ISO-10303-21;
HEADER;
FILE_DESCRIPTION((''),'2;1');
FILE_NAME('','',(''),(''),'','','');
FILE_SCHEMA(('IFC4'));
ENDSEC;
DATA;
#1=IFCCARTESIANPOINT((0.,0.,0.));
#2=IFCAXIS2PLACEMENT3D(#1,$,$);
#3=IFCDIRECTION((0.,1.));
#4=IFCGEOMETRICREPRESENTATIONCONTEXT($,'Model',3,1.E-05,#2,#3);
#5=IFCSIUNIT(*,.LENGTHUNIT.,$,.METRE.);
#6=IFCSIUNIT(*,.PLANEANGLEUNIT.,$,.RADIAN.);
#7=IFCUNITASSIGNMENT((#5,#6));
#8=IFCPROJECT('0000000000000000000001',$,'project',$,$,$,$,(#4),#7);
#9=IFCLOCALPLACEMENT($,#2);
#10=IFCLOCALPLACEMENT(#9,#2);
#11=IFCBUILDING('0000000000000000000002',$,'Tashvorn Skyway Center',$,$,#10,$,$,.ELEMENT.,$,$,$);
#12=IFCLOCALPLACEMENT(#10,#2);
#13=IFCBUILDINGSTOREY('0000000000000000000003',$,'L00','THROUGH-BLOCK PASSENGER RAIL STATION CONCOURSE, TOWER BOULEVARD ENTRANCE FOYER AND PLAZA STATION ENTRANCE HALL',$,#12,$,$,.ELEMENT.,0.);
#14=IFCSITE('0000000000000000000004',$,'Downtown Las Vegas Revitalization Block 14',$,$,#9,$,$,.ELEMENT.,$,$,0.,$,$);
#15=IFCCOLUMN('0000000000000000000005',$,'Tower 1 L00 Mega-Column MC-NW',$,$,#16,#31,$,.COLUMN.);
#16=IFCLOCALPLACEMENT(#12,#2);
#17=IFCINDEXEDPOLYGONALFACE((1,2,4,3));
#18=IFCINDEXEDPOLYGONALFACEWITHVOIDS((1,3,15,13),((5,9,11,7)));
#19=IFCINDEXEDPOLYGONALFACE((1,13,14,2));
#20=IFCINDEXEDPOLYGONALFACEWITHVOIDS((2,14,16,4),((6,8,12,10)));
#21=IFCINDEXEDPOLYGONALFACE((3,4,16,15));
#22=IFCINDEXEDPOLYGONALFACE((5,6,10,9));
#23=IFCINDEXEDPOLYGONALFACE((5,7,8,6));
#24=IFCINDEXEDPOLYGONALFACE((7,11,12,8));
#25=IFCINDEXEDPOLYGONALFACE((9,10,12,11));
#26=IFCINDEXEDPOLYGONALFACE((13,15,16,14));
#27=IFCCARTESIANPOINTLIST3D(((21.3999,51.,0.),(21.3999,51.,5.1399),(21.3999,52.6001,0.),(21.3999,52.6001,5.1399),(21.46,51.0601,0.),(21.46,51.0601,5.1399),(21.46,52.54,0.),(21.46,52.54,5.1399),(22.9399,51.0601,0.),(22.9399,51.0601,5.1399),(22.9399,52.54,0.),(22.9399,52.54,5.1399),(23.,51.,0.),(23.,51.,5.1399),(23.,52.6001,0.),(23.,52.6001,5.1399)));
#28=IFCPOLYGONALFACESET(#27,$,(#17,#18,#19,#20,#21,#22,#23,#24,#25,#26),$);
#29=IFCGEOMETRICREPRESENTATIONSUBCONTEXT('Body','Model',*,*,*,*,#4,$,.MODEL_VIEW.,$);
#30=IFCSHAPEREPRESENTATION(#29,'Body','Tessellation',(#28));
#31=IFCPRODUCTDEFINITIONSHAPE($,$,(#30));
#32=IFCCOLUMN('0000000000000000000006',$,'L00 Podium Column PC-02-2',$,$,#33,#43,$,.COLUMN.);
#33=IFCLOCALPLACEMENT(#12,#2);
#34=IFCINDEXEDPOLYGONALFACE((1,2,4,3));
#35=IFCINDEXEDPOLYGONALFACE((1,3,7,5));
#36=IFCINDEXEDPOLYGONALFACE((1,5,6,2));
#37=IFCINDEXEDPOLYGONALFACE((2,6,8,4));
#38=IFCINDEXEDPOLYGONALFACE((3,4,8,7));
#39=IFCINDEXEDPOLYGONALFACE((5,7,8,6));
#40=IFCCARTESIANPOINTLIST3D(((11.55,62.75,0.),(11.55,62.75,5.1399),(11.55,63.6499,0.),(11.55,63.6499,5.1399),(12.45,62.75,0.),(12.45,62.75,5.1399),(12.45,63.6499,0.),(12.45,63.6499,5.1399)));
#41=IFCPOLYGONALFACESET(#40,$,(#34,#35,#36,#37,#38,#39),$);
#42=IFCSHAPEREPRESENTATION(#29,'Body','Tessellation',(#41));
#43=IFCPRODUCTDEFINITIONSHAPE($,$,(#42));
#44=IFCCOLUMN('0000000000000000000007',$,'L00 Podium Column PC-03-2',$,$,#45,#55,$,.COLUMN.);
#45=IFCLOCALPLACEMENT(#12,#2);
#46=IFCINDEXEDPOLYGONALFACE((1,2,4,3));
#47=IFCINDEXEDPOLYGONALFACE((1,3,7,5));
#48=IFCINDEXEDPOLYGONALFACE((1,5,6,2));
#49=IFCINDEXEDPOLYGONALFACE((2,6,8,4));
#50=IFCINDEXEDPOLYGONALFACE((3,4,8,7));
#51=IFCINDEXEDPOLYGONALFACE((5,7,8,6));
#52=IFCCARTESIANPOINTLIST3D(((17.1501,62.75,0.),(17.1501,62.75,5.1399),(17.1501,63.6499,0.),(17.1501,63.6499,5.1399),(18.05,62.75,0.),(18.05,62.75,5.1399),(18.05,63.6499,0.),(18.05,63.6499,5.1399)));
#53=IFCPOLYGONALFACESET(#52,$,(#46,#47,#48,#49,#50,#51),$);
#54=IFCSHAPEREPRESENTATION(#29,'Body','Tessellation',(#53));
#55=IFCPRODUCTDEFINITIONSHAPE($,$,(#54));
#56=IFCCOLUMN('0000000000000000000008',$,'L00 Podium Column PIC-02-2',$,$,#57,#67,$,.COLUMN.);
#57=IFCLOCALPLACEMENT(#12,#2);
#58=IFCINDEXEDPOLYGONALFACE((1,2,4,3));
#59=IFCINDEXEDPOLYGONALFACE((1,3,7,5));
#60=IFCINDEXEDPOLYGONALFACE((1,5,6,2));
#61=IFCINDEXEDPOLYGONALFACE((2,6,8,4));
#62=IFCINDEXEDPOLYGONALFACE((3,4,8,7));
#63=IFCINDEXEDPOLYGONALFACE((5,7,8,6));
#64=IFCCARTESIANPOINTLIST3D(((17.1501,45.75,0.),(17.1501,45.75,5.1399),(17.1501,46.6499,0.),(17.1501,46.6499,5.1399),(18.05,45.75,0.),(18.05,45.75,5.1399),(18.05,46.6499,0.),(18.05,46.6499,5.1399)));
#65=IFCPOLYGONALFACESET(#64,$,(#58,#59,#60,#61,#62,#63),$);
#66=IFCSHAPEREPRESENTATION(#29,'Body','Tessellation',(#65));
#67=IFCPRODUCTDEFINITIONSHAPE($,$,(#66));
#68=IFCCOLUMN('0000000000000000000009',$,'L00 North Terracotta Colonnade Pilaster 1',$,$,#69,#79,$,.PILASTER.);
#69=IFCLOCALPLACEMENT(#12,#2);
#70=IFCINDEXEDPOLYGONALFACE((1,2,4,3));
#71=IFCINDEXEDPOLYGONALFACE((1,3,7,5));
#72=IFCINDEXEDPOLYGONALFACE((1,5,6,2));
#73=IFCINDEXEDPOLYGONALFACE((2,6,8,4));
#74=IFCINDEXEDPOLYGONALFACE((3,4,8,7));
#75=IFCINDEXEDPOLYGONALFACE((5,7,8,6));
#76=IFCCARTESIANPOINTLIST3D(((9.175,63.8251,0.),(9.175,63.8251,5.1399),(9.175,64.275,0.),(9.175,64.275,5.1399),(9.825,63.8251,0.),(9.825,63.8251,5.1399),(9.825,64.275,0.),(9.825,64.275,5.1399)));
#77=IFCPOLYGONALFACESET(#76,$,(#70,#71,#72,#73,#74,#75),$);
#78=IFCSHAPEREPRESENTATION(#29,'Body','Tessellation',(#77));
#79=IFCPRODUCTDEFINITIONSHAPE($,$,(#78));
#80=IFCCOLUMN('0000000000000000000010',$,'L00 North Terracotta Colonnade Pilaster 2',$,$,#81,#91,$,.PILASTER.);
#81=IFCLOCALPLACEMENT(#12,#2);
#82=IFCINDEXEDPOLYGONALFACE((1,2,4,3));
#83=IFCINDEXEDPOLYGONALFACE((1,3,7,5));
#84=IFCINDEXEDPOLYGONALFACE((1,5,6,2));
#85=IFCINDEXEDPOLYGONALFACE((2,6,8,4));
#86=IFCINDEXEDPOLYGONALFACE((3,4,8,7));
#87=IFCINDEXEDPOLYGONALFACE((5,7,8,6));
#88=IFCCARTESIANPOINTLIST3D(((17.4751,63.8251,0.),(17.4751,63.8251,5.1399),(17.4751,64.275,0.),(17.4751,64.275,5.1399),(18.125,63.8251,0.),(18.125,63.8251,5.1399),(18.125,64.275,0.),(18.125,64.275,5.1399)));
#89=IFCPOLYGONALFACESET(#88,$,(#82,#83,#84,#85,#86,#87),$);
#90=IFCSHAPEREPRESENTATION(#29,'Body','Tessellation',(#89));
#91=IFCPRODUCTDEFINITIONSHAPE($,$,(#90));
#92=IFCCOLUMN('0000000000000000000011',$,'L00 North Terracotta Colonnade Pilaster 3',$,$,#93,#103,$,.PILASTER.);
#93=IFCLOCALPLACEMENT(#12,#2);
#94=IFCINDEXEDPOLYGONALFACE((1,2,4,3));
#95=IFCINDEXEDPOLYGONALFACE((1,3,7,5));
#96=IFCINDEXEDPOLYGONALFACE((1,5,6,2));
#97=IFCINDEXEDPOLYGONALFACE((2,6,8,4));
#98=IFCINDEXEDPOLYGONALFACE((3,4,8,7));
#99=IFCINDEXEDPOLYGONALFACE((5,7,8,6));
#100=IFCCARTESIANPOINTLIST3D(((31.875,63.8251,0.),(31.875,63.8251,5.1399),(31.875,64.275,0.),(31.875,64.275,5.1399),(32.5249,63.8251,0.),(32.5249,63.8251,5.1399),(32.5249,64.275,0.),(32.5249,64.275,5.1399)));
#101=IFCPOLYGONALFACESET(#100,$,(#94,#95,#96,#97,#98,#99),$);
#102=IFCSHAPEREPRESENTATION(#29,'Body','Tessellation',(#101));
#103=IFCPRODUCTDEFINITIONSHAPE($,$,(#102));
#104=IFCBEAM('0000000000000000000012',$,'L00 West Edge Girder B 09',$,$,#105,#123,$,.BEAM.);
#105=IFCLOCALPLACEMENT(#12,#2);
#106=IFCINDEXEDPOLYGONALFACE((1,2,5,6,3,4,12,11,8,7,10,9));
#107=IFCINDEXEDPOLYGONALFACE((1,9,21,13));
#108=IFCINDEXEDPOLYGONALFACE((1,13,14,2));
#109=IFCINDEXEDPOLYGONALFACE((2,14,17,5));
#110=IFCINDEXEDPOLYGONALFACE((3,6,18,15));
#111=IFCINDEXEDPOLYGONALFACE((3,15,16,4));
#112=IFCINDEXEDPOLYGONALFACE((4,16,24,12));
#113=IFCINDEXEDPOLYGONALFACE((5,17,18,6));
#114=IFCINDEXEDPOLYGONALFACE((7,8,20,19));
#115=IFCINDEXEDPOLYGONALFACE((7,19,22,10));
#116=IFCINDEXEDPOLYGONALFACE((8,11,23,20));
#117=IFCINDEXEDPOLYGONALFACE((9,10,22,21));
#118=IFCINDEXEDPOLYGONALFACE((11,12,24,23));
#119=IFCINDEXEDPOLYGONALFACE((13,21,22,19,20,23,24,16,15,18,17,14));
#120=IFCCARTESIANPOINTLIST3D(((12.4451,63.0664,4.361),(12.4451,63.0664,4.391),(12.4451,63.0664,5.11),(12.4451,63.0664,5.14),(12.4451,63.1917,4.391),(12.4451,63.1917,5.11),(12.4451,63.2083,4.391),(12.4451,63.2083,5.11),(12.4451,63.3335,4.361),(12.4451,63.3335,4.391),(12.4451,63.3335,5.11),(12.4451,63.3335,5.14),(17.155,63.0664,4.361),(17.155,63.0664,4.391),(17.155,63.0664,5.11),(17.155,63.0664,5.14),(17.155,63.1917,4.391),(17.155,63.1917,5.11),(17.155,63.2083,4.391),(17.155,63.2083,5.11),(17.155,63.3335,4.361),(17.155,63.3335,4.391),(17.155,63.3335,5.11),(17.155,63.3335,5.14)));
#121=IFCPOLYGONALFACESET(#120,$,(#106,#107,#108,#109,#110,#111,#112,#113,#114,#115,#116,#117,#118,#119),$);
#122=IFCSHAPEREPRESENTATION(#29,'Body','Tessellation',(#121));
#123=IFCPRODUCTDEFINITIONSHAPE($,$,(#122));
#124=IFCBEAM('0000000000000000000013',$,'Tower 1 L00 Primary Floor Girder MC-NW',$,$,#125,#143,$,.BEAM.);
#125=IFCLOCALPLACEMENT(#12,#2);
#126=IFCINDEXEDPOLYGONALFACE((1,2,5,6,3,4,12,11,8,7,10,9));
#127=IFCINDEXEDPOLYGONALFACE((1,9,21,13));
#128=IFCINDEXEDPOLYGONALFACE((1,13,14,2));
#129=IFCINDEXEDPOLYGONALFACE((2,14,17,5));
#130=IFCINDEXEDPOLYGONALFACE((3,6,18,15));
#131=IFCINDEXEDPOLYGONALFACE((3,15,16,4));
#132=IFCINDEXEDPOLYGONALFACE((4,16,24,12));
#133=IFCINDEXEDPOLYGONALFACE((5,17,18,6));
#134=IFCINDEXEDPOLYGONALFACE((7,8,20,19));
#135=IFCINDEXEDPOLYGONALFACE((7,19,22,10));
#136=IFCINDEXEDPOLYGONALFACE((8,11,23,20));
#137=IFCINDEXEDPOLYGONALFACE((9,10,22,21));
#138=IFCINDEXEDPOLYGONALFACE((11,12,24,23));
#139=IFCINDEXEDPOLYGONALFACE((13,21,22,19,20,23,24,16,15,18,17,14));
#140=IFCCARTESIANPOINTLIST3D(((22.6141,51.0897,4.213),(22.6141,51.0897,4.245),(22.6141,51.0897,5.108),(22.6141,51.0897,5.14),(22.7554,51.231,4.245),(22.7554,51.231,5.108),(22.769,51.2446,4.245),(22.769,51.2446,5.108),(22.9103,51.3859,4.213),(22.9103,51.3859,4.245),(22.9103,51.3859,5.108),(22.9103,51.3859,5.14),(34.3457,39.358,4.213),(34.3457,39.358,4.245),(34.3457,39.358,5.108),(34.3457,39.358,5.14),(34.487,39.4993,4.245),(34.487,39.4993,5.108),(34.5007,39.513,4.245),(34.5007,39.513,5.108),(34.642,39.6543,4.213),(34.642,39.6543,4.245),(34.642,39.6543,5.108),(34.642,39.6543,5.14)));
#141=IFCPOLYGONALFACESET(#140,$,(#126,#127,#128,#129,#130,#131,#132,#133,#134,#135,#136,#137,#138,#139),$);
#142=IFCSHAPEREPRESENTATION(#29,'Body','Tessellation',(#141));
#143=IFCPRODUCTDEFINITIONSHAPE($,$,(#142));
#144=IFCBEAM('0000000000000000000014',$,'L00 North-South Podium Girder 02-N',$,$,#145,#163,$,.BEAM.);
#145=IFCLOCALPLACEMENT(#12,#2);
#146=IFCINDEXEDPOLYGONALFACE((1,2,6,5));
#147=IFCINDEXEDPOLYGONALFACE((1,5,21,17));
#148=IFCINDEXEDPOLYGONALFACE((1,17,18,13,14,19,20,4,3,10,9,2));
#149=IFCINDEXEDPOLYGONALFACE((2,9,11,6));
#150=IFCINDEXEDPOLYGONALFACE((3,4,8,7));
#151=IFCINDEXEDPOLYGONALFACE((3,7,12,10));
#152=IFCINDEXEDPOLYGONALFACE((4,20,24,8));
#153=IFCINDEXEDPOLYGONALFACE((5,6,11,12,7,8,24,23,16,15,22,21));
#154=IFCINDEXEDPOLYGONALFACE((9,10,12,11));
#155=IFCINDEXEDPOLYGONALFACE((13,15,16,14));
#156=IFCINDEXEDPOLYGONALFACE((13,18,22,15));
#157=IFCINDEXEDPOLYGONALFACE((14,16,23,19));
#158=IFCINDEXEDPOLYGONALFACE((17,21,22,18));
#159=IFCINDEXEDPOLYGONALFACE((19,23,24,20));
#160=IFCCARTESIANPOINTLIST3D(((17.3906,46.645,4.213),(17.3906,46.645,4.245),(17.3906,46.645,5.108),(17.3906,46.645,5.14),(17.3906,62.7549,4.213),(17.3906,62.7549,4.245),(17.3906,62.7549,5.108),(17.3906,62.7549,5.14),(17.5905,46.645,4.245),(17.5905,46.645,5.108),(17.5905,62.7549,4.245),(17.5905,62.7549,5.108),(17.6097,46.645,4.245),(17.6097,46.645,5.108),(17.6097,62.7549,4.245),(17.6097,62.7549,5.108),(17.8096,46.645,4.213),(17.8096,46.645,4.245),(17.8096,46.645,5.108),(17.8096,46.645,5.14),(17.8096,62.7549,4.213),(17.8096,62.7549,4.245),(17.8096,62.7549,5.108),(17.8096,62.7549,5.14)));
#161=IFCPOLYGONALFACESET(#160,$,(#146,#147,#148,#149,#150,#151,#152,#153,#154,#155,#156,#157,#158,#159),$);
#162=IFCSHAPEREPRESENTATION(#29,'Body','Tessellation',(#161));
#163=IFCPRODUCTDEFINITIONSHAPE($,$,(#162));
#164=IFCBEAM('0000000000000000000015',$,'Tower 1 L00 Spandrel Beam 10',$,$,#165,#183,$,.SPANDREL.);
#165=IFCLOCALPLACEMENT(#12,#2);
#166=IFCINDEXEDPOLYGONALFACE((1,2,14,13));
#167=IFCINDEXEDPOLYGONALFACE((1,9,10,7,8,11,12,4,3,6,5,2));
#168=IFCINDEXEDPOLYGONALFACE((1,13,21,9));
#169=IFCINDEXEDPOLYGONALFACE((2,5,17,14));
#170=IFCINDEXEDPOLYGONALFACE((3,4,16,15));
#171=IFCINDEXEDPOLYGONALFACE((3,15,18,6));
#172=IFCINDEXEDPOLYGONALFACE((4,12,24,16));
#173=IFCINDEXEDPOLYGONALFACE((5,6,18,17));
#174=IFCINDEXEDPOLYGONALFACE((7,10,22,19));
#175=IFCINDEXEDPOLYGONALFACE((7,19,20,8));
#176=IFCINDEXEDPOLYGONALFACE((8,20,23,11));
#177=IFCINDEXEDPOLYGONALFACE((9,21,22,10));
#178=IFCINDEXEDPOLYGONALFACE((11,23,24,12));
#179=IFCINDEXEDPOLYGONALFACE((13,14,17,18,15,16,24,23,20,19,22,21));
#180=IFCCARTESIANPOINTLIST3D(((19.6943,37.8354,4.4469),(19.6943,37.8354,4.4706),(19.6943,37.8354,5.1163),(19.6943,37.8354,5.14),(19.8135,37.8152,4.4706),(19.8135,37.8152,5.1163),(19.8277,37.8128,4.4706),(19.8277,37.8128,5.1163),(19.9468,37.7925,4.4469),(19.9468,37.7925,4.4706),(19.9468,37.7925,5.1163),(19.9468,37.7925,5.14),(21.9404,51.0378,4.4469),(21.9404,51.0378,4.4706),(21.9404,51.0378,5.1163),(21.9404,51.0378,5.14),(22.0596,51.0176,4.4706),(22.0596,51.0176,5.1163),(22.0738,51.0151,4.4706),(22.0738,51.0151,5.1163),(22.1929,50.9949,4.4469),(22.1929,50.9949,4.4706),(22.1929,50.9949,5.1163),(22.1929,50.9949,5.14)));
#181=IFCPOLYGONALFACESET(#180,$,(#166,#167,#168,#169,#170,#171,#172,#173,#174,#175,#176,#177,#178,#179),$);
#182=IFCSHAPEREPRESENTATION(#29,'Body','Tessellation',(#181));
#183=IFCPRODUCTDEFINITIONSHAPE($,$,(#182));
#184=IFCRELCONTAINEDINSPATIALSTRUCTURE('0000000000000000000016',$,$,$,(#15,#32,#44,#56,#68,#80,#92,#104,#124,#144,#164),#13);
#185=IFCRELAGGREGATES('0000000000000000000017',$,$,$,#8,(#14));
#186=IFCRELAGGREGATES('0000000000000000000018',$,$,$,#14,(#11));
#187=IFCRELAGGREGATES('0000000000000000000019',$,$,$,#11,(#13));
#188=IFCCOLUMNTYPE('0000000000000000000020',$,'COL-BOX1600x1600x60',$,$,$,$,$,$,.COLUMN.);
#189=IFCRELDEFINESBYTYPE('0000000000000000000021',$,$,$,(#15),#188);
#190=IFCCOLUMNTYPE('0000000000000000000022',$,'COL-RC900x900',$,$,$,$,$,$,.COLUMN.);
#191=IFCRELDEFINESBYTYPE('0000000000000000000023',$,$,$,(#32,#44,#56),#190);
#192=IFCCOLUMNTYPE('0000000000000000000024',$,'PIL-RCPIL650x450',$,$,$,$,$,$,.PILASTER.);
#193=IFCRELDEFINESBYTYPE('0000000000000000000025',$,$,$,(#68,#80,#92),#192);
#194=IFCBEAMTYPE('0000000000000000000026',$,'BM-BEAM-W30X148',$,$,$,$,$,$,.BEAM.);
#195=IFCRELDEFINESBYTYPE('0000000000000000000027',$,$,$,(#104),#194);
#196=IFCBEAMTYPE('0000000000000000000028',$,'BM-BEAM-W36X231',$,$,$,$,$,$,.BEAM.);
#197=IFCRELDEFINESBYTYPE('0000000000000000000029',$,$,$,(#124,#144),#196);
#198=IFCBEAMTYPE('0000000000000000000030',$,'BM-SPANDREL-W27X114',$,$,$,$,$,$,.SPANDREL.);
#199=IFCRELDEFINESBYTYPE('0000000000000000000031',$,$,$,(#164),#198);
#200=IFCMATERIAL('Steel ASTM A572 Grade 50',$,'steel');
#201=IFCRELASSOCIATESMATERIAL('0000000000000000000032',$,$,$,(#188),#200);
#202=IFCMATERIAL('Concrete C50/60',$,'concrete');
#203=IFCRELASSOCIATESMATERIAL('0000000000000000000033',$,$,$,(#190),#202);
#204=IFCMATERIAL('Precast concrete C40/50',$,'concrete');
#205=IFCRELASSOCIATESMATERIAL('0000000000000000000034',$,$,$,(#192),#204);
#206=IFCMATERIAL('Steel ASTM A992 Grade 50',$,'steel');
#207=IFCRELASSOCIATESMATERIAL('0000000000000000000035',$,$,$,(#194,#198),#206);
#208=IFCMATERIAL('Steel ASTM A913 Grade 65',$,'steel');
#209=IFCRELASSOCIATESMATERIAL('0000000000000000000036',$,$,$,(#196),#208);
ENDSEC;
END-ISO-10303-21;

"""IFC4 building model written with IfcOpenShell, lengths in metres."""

from ifc_helpers import new_model, si_unit, direction, frame, origin, origin_2d, place, context, subcontext, project, spatial, rectangle, hollow_rectangle, i_section, extrude, material, material_profile, profile_set, type_object, element, save


model = new_model("IFC4")

# Units and contexts
model_context = context("Model", 3, precision=1e-05, world=origin(), true_north=direction((0.0, 1.0)))
body_context = subcontext(model_context, "Body", "Model", "MODEL_VIEW")
ifc_project = project(units=[si_unit("LENGTHUNIT", "METRE"), si_unit("PLANEANGLEUNIT", "RADIAN")], contexts=[model_context])

# Site, building, storey
site_placement = place(None, origin())
site = spatial("IfcSite", under=ifc_project, at=site_placement, Name="Downtown Las Vegas Revitalization Block 14", CompositionType="ELEMENT", RefElevation=0.0)
building_placement = place(site_placement, origin())
building = spatial("IfcBuilding", under=site, at=building_placement, Name="Tashvorn Skyway Center", CompositionType="ELEMENT")
storey_placement = place(building_placement, origin())
storey = spatial("IfcBuildingStorey", under=building, at=storey_placement, Name="L00", Description="THROUGH-BLOCK PASSENGER RAIL STATION CONCOURSE, TOWER BOULEVARD ENTRANCE FOYER AND PLAZA STATION ENTRANCE HALL", CompositionType="ELEMENT", Elevation=0.0)

# Columns
ifc_material_1 = material(Name="Steel ASTM A572 Grade 50", Category="steel")
ifc_material_profile_1 = material_profile(ifc_material_1, hollow_rectangle(XDim=1.6001, YDim=1.6001, WallThickness=0.0601, at=origin_2d()), Name="BOX1600x1600x60")
ifc_profile_set_1 = profile_set([ifc_material_profile_1], Name="Steel ASTM A572 Grade 50")
column_type_1 = type_object("IfcColumnType", Name="COL-BOX1600x1600x60", PredefinedType="COLUMN", material=ifc_profile_set_1)
column_placement = place(storey_placement, frame((22.2, 51.8, 0.0), z_axis=(0.0, 0.0, 1.0), x_axis=(1.0, 0.0, 0.0)))
element("IfcColumn", 1, at=column_placement, inside=storey, type_object=column_type_1, Name="Tower 1 L00 Mega-Column MC-NW", PredefinedType="COLUMN", context=body_context, shape_type="SweptSolid", body=[
    extrude(hollow_rectangle(XDim=1.6001, YDim=1.6001, WallThickness=0.0601, at=origin_2d()), origin(), (0.0, 0.0, 1.0), 5.1399),
])
ifc_material_2 = material(Name="Concrete C50/60", Category="concrete")
ifc_material_profile_2 = material_profile(ifc_material_2, rectangle(XDim=0.8999, YDim=0.8999, at=origin_2d()), Name="RC900x900")
ifc_profile_set_2 = profile_set([ifc_material_profile_2], Name="Concrete C50/60")
column_type_2 = type_object("IfcColumnType", Name="COL-RC900x900", PredefinedType="COLUMN", material=ifc_profile_set_2)
for number, where, z_axis, x_axis, name in (
    (2, (12.0, 63.2, 0.0), (0.0, 0.0, 1.0), (1.0, 0.0, 0.0), "L00 Podium Column PC-02-2"),
    (3, (17.6001, 63.2, 0.0), (0.0, 0.0, 1.0), (1.0, 0.0, 0.0), "L00 Podium Column PC-03-2"),
    (4, (17.6001, 46.2, 0.0), (0.0, 0.0, 1.0), (1.0, 0.0, 0.0), "L00 Podium Column PIC-02-2"),
):
    element("IfcColumn", number, at=place(storey_placement, frame(where, z_axis=z_axis, x_axis=x_axis)), inside=storey, type_object=column_type_2, Name=name, PredefinedType="COLUMN", context=body_context, shape_type="SweptSolid", body=[
        extrude(rectangle(XDim=0.8999, YDim=0.8999, at=origin_2d()), origin(), (0.0, 0.0, 1.0), 5.1399),
    ])
ifc_material_3 = material(Name="Precast concrete C40/50", Category="concrete")
ifc_material_profile_3 = material_profile(ifc_material_3, rectangle(XDim=0.6499, YDim=0.45, at=origin_2d()), Name="RCPIL650x450")
ifc_profile_set_3 = profile_set([ifc_material_profile_3], Name="Precast concrete C40/50")
column_type_3 = type_object("IfcColumnType", Name="PIL-RCPIL650x450", PredefinedType="PILASTER", material=ifc_profile_set_3)
for number, where, z_axis, x_axis, name in (
    (5, (9.5, 64.05, 0.0), (0.0, 0.0, 1.0), (1.0, 0.0, 0.0), "L00 North Terracotta Colonnade Pilaster 1"),
    (6, (17.8, 64.05, 0.0), (0.0, 0.0, 1.0), (1.0, 0.0, 0.0), "L00 North Terracotta Colonnade Pilaster 2"),
    (7, (32.2, 64.05, 0.0), (0.0, 0.0, 1.0), (1.0, 0.0, 0.0), "L00 North Terracotta Colonnade Pilaster 3"),
):
    element("IfcColumn", number, at=place(storey_placement, frame(where, z_axis=z_axis, x_axis=x_axis)), inside=storey, type_object=column_type_3, Name=name, PredefinedType="PILASTER", context=body_context, shape_type="SweptSolid", body=[
        extrude(rectangle(XDim=0.6499, YDim=0.45, at=origin_2d()), origin(), (0.0, 0.0, 1.0), 5.1399),
    ])

# Beams
ifc_material_4 = material(Name="Steel ASTM A992 Grade 50", Category="steel")
ifc_material_profile_4 = material_profile(ifc_material_4, i_section(OverallWidth=0.2671, OverallDepth=0.7791, WebThickness=0.0166, FlangeThickness=0.03, at=origin_2d()), Name="W30X148")
ifc_profile_set_4 = profile_set([ifc_material_profile_4], Name="Steel ASTM A992 Grade 50")
beam_type_1 = type_object("IfcBeamType", Name="BM-BEAM-W30X148", PredefinedType="BEAM", material=ifc_profile_set_4)
beam_1_placement = place(storey_placement, frame((12.4451, 63.2, 4.7505), z_axis=(1.0, 0.0, 0.0), x_axis=(0.0, 1.0, 0.0)))
element("IfcBeam", 8, at=beam_1_placement, inside=storey, type_object=beam_type_1, Name="L00 West Edge Girder B 09", PredefinedType="BEAM", context=body_context, shape_type="SweptSolid", body=[
    extrude(i_section(OverallWidth=0.2671, OverallDepth=0.7791, WebThickness=0.0166, FlangeThickness=0.03, at=origin_2d()), origin(), (0.0, 0.0, 1.0), 4.71),
])
ifc_material_5 = material(Name="Steel ASTM A913 Grade 65", Category="steel")
ifc_material_profile_5 = material_profile(ifc_material_5, i_section(OverallWidth=0.4189, OverallDepth=0.927, WebThickness=0.0193, FlangeThickness=0.032, at=origin_2d()), Name="W36X231")
ifc_profile_set_5 = profile_set([ifc_material_profile_5], Name="Steel ASTM A913 Grade 65")
beam_type_2 = type_object("IfcBeamType", Name="BM-BEAM-W36X231", PredefinedType="BEAM", material=ifc_profile_set_5)
beam_2_placement = place(storey_placement, frame((22.7622, 51.2378, 4.6765), z_axis=(0.707107, -0.707107, 0.0), x_axis=(0.707107, 0.707107, 0.0)))
element("IfcBeam", 9, at=beam_2_placement, inside=storey, type_object=beam_type_2, Name="Tower 1 L00 Primary Floor Girder MC-NW", PredefinedType="BEAM", context=body_context, shape_type="SweptSolid", body=[
    extrude(i_section(OverallWidth=0.4189, OverallDepth=0.927, WebThickness=0.0193, FlangeThickness=0.032, at=origin_2d()), origin(), (0.0, 0.0, 1.0), 16.5911),
])
beam_3_placement = place(storey_placement, frame((17.6001, 46.645, 4.6765), z_axis=(0.0, 1.0, 0.0), x_axis=(-1.0, 0.0, 0.0)))
element("IfcBeam", 10, at=beam_3_placement, inside=storey, type_object=beam_type_2, Name="L00 North-South Podium Girder 02-N", PredefinedType="BEAM", context=body_context, shape_type="SweptSolid", body=[
    extrude(i_section(OverallWidth=0.4189, OverallDepth=0.927, WebThickness=0.0193, FlangeThickness=0.032, at=origin_2d()), origin(), (0.0, 0.0, 1.0), 16.1099),
])
ifc_material_profile_6 = material_profile(ifc_material_4, i_section(OverallWidth=0.2561, OverallDepth=0.6931, WebThickness=0.0144, FlangeThickness=0.0237, at=origin_2d()), Name="W27X114")
ifc_profile_set_6 = profile_set([ifc_material_profile_6], Name="Steel ASTM A992 Grade 50")
beam_type_3 = type_object("IfcBeamType", Name="BM-SPANDREL-W27X114", PredefinedType="SPANDREL", material=ifc_profile_set_6)
beam_4_placement = place(storey_placement, frame((22.0667, 51.0164, 4.7935), z_axis=(-0.167718, -0.985835, 0.0), x_axis=(0.985835, -0.167718, 0.0)))
element("IfcBeam", 11, at=beam_4_placement, inside=storey, type_object=beam_type_3, Name="Tower 1 L00 Spandrel Beam 10", PredefinedType="SPANDREL", context=body_context, shape_type="SweptSolid", body=[
    extrude(i_section(OverallWidth=0.2561, OverallDepth=0.6931, WebThickness=0.0144, FlangeThickness=0.0237, at=origin_2d()), origin(), (0.0, 0.0, 1.0), 13.3921),
])

save(model, "model.ifc")
